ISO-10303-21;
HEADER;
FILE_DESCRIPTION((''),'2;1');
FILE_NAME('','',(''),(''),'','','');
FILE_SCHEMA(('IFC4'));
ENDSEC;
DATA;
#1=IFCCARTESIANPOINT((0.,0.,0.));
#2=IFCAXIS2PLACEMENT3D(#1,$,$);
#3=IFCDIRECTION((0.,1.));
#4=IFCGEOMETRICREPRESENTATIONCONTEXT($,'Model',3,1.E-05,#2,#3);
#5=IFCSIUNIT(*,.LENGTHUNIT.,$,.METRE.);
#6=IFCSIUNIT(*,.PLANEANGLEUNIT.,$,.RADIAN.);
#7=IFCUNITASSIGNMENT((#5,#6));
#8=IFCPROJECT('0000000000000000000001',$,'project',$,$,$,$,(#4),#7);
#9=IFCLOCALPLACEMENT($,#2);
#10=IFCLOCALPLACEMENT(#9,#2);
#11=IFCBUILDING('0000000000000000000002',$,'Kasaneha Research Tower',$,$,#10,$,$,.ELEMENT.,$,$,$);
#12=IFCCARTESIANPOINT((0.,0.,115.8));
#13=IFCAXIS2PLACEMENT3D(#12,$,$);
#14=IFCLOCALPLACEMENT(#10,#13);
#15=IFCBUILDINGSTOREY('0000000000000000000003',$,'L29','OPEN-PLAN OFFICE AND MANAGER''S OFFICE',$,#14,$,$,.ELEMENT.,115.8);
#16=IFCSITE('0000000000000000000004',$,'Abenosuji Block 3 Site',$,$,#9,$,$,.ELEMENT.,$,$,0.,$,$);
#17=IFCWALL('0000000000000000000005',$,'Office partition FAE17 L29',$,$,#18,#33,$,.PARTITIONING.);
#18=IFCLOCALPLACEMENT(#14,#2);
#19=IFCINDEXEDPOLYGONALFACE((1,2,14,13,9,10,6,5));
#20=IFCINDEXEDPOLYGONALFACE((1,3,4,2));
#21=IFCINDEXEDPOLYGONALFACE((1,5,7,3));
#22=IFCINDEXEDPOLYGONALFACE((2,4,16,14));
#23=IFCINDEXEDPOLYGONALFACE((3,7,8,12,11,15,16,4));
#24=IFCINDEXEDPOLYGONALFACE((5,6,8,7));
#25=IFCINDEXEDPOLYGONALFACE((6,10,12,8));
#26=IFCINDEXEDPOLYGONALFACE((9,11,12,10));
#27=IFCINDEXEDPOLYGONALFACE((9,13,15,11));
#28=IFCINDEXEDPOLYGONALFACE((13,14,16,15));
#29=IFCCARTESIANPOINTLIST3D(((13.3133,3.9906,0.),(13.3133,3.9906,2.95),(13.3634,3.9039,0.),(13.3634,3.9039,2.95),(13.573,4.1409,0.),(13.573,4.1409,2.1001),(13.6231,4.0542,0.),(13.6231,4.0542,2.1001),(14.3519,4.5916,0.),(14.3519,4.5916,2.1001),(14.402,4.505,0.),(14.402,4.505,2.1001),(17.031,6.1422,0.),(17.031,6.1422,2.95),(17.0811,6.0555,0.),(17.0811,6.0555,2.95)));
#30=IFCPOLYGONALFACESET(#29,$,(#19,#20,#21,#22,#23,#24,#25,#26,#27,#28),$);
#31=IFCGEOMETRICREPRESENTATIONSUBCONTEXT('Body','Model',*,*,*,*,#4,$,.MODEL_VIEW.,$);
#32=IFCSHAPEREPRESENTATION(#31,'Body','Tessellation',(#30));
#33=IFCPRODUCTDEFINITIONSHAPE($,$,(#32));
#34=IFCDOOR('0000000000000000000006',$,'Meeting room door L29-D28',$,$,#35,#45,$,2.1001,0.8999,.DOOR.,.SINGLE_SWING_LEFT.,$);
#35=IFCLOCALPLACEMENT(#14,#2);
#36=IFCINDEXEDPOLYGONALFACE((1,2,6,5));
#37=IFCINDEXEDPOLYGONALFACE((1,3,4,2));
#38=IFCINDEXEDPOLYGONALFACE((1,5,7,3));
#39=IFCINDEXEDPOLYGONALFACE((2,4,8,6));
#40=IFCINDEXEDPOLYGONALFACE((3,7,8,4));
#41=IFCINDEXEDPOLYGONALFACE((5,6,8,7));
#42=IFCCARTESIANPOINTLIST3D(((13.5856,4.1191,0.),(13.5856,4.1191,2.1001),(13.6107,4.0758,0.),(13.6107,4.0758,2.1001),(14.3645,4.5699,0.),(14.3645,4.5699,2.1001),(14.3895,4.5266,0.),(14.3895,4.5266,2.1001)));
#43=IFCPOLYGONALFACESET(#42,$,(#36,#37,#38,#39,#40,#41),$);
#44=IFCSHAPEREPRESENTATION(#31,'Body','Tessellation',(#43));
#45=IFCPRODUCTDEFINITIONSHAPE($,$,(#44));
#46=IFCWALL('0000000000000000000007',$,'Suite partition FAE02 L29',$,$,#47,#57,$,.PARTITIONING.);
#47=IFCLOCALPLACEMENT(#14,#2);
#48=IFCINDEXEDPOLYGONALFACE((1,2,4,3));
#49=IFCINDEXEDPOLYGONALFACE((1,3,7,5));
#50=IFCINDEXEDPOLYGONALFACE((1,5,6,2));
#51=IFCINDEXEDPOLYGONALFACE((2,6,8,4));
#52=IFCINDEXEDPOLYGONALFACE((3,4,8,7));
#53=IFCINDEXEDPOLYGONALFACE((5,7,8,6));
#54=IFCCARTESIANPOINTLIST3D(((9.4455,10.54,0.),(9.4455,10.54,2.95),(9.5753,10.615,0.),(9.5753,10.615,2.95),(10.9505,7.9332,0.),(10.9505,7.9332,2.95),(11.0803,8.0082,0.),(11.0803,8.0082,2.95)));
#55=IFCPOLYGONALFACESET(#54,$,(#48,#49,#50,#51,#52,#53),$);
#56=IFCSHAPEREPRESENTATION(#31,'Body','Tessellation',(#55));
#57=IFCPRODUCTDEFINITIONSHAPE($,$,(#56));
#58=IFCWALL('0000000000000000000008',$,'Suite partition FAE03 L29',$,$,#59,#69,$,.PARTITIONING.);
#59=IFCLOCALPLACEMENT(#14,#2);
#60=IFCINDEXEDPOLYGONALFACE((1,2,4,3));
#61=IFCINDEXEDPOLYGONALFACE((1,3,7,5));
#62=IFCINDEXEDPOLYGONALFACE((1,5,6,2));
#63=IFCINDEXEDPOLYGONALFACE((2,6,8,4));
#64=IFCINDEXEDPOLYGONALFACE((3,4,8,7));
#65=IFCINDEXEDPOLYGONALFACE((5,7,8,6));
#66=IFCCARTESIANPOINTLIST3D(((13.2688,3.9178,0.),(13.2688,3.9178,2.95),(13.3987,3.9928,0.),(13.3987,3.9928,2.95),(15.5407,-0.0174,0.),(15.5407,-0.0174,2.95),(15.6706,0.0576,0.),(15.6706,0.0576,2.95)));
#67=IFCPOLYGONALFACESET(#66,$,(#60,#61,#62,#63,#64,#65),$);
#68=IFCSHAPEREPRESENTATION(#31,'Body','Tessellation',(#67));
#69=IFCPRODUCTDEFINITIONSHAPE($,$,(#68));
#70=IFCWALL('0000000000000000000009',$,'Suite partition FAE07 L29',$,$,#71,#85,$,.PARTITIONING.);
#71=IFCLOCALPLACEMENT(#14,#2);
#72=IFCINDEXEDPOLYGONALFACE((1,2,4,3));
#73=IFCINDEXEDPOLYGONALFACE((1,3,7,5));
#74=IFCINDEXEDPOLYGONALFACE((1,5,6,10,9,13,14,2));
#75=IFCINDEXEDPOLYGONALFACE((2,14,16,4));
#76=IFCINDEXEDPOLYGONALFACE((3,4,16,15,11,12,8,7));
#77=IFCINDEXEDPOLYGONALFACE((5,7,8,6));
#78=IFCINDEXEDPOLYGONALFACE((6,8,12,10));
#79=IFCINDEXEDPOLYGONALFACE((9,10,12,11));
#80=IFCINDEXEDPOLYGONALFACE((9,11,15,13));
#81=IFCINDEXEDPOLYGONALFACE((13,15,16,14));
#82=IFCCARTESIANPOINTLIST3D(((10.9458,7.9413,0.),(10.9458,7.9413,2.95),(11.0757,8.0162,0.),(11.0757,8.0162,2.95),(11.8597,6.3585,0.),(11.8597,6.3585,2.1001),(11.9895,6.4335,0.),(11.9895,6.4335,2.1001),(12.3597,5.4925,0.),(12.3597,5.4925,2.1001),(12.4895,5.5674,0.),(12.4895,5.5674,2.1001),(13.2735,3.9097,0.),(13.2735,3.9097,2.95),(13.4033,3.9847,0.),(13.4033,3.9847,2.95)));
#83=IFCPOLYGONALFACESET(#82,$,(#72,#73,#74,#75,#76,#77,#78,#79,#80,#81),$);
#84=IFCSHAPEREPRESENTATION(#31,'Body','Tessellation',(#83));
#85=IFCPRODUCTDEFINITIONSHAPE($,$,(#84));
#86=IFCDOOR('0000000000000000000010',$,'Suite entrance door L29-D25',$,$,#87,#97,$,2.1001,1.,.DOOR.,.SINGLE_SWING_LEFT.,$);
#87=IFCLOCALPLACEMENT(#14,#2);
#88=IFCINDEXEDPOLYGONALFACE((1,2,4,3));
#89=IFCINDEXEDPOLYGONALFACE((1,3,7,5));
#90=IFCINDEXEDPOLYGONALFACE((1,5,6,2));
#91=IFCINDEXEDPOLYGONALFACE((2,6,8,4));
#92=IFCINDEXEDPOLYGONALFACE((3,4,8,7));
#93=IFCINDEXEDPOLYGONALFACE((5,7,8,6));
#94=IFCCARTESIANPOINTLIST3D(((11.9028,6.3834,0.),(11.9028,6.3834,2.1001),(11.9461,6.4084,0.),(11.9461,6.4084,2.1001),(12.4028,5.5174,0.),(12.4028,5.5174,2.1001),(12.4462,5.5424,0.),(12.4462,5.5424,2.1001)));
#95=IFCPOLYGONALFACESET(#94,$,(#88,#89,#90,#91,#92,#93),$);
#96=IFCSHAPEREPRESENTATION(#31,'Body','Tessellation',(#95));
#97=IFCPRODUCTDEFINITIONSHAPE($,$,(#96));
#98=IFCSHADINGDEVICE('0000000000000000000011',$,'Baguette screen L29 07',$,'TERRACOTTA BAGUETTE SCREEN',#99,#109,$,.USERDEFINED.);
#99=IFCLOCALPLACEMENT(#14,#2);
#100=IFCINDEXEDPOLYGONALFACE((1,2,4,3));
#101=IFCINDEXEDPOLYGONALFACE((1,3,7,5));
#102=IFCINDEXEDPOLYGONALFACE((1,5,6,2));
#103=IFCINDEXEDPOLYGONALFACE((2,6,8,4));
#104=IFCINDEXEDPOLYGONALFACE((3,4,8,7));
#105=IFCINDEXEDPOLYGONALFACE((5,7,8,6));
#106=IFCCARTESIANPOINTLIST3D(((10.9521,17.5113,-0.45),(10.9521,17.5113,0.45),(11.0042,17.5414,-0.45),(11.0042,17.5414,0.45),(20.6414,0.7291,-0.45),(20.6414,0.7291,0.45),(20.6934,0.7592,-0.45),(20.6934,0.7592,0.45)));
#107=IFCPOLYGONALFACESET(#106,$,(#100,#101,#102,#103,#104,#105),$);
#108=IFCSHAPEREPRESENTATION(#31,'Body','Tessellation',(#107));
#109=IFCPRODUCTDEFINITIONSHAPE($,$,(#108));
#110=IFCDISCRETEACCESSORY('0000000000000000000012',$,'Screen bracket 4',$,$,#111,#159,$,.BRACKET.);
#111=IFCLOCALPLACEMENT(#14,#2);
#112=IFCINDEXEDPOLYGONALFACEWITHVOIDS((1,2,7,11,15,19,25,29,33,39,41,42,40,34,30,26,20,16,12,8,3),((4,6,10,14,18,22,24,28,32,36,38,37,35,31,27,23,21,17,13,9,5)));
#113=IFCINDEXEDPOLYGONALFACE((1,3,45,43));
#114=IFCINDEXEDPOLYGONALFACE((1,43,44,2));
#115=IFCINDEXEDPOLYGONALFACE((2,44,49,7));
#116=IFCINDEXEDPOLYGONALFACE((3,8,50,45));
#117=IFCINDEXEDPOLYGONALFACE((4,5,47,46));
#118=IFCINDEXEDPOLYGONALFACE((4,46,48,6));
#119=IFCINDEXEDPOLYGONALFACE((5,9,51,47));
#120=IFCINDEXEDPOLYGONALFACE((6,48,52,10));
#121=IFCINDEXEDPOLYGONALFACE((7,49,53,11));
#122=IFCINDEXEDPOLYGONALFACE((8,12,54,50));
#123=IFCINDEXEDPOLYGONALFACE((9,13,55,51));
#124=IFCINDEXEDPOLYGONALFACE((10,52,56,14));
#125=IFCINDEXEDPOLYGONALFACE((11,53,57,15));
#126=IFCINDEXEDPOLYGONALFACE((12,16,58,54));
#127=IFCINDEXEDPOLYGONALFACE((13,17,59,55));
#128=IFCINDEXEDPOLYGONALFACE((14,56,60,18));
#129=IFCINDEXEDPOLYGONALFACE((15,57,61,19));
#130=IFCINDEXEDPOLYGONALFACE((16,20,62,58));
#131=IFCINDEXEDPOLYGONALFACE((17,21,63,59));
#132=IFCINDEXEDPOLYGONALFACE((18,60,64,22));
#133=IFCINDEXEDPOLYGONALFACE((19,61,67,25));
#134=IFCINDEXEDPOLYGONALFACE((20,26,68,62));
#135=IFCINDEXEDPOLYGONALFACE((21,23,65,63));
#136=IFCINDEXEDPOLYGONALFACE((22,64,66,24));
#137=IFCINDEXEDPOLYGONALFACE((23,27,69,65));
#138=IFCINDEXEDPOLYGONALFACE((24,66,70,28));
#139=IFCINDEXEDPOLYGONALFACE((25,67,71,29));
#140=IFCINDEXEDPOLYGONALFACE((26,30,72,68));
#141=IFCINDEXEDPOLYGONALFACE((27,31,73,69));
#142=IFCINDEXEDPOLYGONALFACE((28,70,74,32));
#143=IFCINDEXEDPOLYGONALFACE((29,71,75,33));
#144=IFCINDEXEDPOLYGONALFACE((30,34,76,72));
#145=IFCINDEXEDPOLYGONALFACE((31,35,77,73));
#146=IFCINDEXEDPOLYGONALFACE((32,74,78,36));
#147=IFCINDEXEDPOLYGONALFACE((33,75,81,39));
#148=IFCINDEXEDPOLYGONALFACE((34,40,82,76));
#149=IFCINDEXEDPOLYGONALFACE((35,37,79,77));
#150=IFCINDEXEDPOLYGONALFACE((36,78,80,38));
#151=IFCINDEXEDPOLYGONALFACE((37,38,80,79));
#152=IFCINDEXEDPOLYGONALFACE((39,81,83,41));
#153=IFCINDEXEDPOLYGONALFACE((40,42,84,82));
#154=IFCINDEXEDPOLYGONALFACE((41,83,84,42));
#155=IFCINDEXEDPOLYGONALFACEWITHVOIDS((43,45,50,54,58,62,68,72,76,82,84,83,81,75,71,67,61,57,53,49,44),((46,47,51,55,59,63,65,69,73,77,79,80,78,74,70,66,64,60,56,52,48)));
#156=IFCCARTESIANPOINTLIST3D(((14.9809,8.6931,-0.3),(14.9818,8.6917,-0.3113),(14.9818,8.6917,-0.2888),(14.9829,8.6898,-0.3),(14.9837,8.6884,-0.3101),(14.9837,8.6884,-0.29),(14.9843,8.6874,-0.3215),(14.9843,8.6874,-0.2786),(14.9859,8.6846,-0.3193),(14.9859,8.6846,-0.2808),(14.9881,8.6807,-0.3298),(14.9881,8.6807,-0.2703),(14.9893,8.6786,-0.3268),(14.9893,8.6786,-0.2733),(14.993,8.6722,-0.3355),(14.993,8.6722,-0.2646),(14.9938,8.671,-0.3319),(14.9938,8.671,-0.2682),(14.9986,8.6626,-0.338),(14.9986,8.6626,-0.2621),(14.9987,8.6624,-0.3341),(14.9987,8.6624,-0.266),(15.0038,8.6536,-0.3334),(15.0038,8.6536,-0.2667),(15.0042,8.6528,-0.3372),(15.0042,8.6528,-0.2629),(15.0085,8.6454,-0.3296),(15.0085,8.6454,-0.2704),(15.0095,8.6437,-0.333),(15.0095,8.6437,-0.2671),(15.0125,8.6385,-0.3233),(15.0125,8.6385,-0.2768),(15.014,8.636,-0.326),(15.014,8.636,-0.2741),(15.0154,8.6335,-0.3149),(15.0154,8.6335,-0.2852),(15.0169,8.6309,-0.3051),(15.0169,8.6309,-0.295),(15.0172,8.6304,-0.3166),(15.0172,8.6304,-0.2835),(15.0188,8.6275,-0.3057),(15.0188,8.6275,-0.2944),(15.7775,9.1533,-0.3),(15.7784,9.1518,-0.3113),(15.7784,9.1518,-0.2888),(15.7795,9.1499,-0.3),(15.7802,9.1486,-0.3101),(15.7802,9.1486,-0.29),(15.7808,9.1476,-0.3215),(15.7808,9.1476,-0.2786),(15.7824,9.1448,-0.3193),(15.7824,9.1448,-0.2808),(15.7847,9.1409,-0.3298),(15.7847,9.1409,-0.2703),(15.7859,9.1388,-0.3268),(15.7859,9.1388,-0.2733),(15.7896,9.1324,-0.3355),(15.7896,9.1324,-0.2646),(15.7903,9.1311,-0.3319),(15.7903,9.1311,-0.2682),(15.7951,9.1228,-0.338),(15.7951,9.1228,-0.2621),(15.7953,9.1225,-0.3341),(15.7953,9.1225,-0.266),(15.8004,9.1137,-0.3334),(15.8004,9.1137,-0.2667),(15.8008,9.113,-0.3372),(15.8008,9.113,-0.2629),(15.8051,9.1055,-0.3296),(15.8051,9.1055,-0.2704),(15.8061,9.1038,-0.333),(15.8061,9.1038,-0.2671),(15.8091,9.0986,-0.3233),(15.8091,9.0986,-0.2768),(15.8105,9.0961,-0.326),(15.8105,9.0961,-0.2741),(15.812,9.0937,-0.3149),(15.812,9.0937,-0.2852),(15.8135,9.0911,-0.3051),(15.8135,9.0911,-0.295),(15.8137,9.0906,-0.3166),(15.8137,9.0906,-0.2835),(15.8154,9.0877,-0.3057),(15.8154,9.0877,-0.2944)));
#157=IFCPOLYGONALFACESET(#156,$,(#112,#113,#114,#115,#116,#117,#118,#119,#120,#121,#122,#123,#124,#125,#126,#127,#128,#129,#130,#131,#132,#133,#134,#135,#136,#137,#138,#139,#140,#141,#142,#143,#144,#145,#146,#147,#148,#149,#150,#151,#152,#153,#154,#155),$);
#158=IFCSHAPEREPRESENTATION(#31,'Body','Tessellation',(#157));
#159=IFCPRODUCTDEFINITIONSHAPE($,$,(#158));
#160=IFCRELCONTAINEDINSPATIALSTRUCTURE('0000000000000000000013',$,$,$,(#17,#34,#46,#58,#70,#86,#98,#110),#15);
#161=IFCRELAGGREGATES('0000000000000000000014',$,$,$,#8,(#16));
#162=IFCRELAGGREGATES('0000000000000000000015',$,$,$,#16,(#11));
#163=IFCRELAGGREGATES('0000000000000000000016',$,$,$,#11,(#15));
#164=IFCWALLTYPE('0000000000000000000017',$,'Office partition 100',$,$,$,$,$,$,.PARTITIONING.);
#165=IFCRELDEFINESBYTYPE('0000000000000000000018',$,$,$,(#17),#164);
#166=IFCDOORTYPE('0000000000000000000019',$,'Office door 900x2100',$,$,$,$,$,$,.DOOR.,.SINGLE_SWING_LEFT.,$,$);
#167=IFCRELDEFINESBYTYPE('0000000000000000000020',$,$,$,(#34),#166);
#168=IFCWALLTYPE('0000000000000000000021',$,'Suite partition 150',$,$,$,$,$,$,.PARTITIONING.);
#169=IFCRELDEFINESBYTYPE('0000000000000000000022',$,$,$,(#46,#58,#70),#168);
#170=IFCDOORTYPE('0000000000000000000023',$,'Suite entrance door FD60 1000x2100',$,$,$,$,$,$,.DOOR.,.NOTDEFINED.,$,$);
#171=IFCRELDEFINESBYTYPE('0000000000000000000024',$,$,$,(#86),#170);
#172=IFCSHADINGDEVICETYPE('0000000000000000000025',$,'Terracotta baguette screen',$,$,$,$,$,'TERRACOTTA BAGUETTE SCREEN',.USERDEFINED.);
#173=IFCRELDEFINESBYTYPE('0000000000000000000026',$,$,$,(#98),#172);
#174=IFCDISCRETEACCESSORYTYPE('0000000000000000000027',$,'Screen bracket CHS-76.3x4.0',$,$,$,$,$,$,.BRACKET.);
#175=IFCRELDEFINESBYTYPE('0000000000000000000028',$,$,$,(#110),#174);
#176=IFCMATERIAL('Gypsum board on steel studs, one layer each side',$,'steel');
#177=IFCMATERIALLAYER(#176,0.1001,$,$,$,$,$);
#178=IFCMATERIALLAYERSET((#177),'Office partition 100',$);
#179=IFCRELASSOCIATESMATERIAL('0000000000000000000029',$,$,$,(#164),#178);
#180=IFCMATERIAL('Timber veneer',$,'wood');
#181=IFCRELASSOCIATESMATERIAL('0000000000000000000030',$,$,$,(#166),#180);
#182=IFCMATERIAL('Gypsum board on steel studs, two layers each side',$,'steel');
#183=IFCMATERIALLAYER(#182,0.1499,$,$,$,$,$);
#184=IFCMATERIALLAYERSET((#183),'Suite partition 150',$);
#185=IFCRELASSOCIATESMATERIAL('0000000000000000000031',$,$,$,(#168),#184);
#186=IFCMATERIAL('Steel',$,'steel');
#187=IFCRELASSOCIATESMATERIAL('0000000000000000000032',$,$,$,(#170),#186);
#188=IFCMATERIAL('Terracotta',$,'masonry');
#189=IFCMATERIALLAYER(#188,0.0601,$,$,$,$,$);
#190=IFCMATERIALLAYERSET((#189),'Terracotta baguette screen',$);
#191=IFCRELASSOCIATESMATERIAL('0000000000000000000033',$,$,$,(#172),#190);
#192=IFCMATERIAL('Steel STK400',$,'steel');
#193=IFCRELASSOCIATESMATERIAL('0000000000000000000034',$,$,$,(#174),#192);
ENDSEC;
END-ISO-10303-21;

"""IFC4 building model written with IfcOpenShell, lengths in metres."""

from ifc_helpers import new_model, si_unit, direction, frame, frame_2d, origin, origin_2d, place, context, subcontext, project, spatial, rectangle, hollow_circle, extrude, material, layer, layer_set, material_profile, profile_set, type_object, element, fill, save


model = new_model("IFC4")

# Units and contexts
model_context = context("Model", 3, precision=1e-05, world=origin(), true_north=direction((0.0, 1.0)))
body_context = subcontext(model_context, "Body", "Model", "MODEL_VIEW")
ifc_project = project(units=[si_unit("LENGTHUNIT", "METRE"), si_unit("PLANEANGLEUNIT", "RADIAN")], contexts=[model_context])

# Site, building, storey
site_placement = place(None, origin())
site = spatial("IfcSite", under=ifc_project, at=site_placement, Name="Abenosuji Block 3 Site", CompositionType="ELEMENT", RefElevation=0.0)
building_placement = place(site_placement, origin())
building = spatial("IfcBuilding", under=site, at=building_placement, Name="Kasaneha Research Tower", CompositionType="ELEMENT")
storey_placement = place(building_placement, frame((0.0, 0.0, 115.8)))
storey = spatial("IfcBuildingStorey", under=building, at=storey_placement, Name="L29", Description="OPEN-PLAN OFFICE AND MANAGER'S OFFICE", CompositionType="ELEMENT", Elevation=115.8)

# Shared definitions
ifc_material_1 = material(Name="Gypsum board on steel studs, one layer each side", Category="steel")
ifc_layer_1 = layer(ifc_material_1, 0.1001)
ifc_layer_set_1 = layer_set([ifc_layer_1], Name="Office partition 100")
wall_type_1 = type_object("IfcWallType", Name="Office partition 100", PredefinedType="PARTITIONING", material=ifc_layer_set_1)

# Wall, opening, door
wall_1_placement = place(storey_placement, frame((13.3384, 3.9473, 0.0), z_axis=(0.0, 0.0, 1.0), x_axis=(0.865505, 0.5009, 0.0)))
wall_1 = element("IfcWall", 1, at=wall_1_placement, inside=storey, type_object=wall_type_1, Name="Office partition FAE17 L29", PredefinedType="PARTITIONING", context=body_context, shape_type="SweptSolid", body=[
    extrude(rectangle(XDim=4.2954, YDim=0.1001, at=frame_2d((2.1477, 0.0))), origin(), (0.0, 0.0, 1.0), 2.95),
])
opening_1_placement = place(wall_1_placement, frame((0.3, 0.0, 0.0)))
opening_1 = element("IfcOpeningElement", 2, at=opening_1_placement, cuts=wall_1, PredefinedType="OPENING", context=body_context, shape_type="SweptSolid", body=[
    extrude(rectangle(XDim=0.8999, YDim=2.1001, at=frame_2d((0.45, 1.05))), frame((0.0, 0.0601, 0.0), z_axis=(0.0, -1.0, 0.0), x_axis=(1.0, 0.0, 0.0)), (0.0, 0.0, 1.0), 0.1201),
])
ifc_material_2 = material(Name="Timber veneer", Category="wood")
door_type_1 = type_object("IfcDoorType", Name="Office door 900x2100", OperationType="SINGLE_SWING_LEFT", PredefinedType="DOOR", material=ifc_material_2)
door_1_placement = place(opening_1_placement, origin())
door_1 = element("IfcDoor", 3, at=door_1_placement, inside=storey, type_object=door_type_1, Name="Meeting room door L29-D28", OperationType="SINGLE_SWING_LEFT", OverallHeight=2.1001, OverallWidth=0.8999, PredefinedType="DOOR", context=body_context, shape_type="SweptSolid", body=[
    extrude(rectangle(XDim=0.8999, YDim=2.1001, at=frame_2d((0.45, 1.05))), frame((0.0, 0.0249, 0.0), z_axis=(0.0, -1.0, 0.0), x_axis=(1.0, 0.0, 0.0)), (0.0, 0.0, 1.0), 0.05),
])
fill(opening_1, door_1)

# Walls
ifc_material_3 = material(Name="Gypsum board on steel studs, two layers each side", Category="steel")
ifc_layer_2 = layer(ifc_material_3, 0.1499)
ifc_layer_set_2 = layer_set([ifc_layer_2], Name="Suite partition 150")
wall_type_2 = type_object("IfcWallType", Name="Suite partition 150", PredefinedType="PARTITIONING", material=ifc_layer_set_2)
wall_2_placement = place(storey_placement, frame((9.5105, 10.5774, 0.0), z_axis=(0.0, 0.0, 1.0), x_axis=(0.499978, -0.866038, 0.0)))
element("IfcWall", 4, at=wall_2_placement, inside=storey, type_object=wall_type_2, Name="Suite partition FAE02 L29", PredefinedType="PARTITIONING", context=body_context, shape_type="SweptSolid", body=[
    extrude(rectangle(XDim=3.01, YDim=0.1499, at=frame_2d((1.5049, 0.0))), origin(), (0.0, 0.0, 1.0), 2.95),
])
wall_3_placement = place(storey_placement, frame((13.3337, 3.9553, 0.0), z_axis=(0.0, 0.0, 1.0), x_axis=(0.499988, -0.866033, 0.0)))
element("IfcWall", 5, at=wall_3_placement, inside=storey, type_object=wall_type_2, Name="Suite partition FAE03 L29", PredefinedType="PARTITIONING", context=body_context, shape_type="SweptSolid", body=[
    extrude(rectangle(XDim=4.5439, YDim=0.1499, at=frame_2d((2.272, 0.0))), origin(), (0.0, 0.0, 1.0), 2.95),
])

# Wall, opening, door
wall_4_placement = place(storey_placement, frame((11.0107, 7.9788, 0.0), z_axis=(0.0, 0.0, 1.0), x_axis=(0.500008, -0.866021, 0.0)))
wall_4 = element("IfcWall", 6, at=wall_4_placement, inside=storey, type_object=wall_type_2, Name="Suite partition FAE07 L29", PredefinedType="PARTITIONING", context=body_context, shape_type="SweptSolid", body=[
    extrude(rectangle(XDim=4.6553, YDim=0.1499, at=frame_2d((2.3276, 0.0))), origin(), (0.0, 0.0, 1.0), 2.95),
])
opening_2_placement = place(wall_4_placement, frame((1.8276, 0.0, 0.0)))
opening_2 = element("IfcOpeningElement", 7, at=opening_2_placement, cuts=wall_4, PredefinedType="OPENING", context=body_context, shape_type="SweptSolid", body=[
    extrude(rectangle(XDim=1.0, YDim=2.1001, at=frame_2d((0.5, 1.05))), frame((0.0, 0.085, 0.0), z_axis=(0.0, -1.0, 0.0), x_axis=(1.0, 0.0, 0.0)), (0.0, 0.0, 1.0), 0.1699),
])
ifc_material_4 = material(Name="Steel", Category="steel")
door_type_2 = type_object("IfcDoorType", Name="Suite entrance door FD60 1000x2100", OperationType="NOTDEFINED", PredefinedType="DOOR", material=ifc_material_4)
door_2_placement = place(opening_2_placement, origin())
door_2 = element("IfcDoor", 8, at=door_2_placement, inside=storey, type_object=door_type_2, Name="Suite entrance door L29-D25", OperationType="SINGLE_SWING_LEFT", OverallHeight=2.1001, OverallWidth=1.0, PredefinedType="DOOR", context=body_context, shape_type="SweptSolid", body=[
    extrude(rectangle(XDim=1.0, YDim=2.1001, at=frame_2d((0.5, 1.05))), frame((0.0, 0.0249, 0.0), z_axis=(0.0, -1.0, 0.0), x_axis=(1.0, 0.0, 0.0)), (0.0, 0.0, 1.0), 0.05),
])
fill(opening_2, door_2)

# Shading device
ifc_material_5 = material(Name="Terracotta", Category="masonry")
ifc_layer_3 = layer(ifc_material_5, 0.0601)
ifc_layer_set_3 = layer_set([ifc_layer_3], Name="Terracotta baguette screen")
shading_device_type = type_object("IfcShadingDeviceType", Name="Terracotta baguette screen", ElementType="TERRACOTTA BAGUETTE SCREEN", PredefinedType="USERDEFINED", material=ifc_layer_set_3)
shading_device_placement = place(storey_placement, frame((15.8228, 9.1353, -0.45), z_axis=(0.0, 0.0, 1.0), x_axis=(-0.5, 0.866025, 0.0)))
element("IfcShadingDevice", 9, at=shading_device_placement, inside=storey, type_object=shading_device_type, Name="Baguette screen L29 07", ObjectType="TERRACOTTA BAGUETTE SCREEN", PredefinedType="USERDEFINED", context=body_context, shape_type="SweptSolid", body=[
    extrude(rectangle(XDim=19.3784, YDim=0.0601, at=origin_2d()), origin(), (0.0, 0.0, 1.0), 0.8999),
])

# Discrete accessory
ifc_material_6 = material(Name="Steel STK400", Category="steel")
ifc_material_profile_1 = material_profile(ifc_material_6, hollow_circle(Radius=0.0381, WallThickness=0.0039, at=origin_2d()), Name="CHS-76.3x4.0")
ifc_profile_set_1 = profile_set([ifc_material_profile_1], Name="Steel STK400")
discrete_accessory_type = type_object("IfcDiscreteAccessoryType", Name="Screen bracket CHS-76.3x4.0", PredefinedType="BRACKET", material=ifc_profile_set_1)
discrete_accessory_placement = place(storey_placement, frame((15.0, 8.6602, -0.3), z_axis=(0.865898, 0.50022, 0.0), x_axis=(-0.50022, 0.865898, 0.0)))
element("IfcDiscreteAccessory", 10, at=discrete_accessory_placement, inside=storey, type_object=discrete_accessory_type, Name="Screen bracket 4", PredefinedType="BRACKET", context=body_context, shape_type="SweptSolid", body=[
    extrude(hollow_circle(Radius=0.0381, WallThickness=0.0039, at=origin_2d()), origin(), (0.0, 0.0, 1.0), 0.9199),
])

save(model, "model.ifc")
